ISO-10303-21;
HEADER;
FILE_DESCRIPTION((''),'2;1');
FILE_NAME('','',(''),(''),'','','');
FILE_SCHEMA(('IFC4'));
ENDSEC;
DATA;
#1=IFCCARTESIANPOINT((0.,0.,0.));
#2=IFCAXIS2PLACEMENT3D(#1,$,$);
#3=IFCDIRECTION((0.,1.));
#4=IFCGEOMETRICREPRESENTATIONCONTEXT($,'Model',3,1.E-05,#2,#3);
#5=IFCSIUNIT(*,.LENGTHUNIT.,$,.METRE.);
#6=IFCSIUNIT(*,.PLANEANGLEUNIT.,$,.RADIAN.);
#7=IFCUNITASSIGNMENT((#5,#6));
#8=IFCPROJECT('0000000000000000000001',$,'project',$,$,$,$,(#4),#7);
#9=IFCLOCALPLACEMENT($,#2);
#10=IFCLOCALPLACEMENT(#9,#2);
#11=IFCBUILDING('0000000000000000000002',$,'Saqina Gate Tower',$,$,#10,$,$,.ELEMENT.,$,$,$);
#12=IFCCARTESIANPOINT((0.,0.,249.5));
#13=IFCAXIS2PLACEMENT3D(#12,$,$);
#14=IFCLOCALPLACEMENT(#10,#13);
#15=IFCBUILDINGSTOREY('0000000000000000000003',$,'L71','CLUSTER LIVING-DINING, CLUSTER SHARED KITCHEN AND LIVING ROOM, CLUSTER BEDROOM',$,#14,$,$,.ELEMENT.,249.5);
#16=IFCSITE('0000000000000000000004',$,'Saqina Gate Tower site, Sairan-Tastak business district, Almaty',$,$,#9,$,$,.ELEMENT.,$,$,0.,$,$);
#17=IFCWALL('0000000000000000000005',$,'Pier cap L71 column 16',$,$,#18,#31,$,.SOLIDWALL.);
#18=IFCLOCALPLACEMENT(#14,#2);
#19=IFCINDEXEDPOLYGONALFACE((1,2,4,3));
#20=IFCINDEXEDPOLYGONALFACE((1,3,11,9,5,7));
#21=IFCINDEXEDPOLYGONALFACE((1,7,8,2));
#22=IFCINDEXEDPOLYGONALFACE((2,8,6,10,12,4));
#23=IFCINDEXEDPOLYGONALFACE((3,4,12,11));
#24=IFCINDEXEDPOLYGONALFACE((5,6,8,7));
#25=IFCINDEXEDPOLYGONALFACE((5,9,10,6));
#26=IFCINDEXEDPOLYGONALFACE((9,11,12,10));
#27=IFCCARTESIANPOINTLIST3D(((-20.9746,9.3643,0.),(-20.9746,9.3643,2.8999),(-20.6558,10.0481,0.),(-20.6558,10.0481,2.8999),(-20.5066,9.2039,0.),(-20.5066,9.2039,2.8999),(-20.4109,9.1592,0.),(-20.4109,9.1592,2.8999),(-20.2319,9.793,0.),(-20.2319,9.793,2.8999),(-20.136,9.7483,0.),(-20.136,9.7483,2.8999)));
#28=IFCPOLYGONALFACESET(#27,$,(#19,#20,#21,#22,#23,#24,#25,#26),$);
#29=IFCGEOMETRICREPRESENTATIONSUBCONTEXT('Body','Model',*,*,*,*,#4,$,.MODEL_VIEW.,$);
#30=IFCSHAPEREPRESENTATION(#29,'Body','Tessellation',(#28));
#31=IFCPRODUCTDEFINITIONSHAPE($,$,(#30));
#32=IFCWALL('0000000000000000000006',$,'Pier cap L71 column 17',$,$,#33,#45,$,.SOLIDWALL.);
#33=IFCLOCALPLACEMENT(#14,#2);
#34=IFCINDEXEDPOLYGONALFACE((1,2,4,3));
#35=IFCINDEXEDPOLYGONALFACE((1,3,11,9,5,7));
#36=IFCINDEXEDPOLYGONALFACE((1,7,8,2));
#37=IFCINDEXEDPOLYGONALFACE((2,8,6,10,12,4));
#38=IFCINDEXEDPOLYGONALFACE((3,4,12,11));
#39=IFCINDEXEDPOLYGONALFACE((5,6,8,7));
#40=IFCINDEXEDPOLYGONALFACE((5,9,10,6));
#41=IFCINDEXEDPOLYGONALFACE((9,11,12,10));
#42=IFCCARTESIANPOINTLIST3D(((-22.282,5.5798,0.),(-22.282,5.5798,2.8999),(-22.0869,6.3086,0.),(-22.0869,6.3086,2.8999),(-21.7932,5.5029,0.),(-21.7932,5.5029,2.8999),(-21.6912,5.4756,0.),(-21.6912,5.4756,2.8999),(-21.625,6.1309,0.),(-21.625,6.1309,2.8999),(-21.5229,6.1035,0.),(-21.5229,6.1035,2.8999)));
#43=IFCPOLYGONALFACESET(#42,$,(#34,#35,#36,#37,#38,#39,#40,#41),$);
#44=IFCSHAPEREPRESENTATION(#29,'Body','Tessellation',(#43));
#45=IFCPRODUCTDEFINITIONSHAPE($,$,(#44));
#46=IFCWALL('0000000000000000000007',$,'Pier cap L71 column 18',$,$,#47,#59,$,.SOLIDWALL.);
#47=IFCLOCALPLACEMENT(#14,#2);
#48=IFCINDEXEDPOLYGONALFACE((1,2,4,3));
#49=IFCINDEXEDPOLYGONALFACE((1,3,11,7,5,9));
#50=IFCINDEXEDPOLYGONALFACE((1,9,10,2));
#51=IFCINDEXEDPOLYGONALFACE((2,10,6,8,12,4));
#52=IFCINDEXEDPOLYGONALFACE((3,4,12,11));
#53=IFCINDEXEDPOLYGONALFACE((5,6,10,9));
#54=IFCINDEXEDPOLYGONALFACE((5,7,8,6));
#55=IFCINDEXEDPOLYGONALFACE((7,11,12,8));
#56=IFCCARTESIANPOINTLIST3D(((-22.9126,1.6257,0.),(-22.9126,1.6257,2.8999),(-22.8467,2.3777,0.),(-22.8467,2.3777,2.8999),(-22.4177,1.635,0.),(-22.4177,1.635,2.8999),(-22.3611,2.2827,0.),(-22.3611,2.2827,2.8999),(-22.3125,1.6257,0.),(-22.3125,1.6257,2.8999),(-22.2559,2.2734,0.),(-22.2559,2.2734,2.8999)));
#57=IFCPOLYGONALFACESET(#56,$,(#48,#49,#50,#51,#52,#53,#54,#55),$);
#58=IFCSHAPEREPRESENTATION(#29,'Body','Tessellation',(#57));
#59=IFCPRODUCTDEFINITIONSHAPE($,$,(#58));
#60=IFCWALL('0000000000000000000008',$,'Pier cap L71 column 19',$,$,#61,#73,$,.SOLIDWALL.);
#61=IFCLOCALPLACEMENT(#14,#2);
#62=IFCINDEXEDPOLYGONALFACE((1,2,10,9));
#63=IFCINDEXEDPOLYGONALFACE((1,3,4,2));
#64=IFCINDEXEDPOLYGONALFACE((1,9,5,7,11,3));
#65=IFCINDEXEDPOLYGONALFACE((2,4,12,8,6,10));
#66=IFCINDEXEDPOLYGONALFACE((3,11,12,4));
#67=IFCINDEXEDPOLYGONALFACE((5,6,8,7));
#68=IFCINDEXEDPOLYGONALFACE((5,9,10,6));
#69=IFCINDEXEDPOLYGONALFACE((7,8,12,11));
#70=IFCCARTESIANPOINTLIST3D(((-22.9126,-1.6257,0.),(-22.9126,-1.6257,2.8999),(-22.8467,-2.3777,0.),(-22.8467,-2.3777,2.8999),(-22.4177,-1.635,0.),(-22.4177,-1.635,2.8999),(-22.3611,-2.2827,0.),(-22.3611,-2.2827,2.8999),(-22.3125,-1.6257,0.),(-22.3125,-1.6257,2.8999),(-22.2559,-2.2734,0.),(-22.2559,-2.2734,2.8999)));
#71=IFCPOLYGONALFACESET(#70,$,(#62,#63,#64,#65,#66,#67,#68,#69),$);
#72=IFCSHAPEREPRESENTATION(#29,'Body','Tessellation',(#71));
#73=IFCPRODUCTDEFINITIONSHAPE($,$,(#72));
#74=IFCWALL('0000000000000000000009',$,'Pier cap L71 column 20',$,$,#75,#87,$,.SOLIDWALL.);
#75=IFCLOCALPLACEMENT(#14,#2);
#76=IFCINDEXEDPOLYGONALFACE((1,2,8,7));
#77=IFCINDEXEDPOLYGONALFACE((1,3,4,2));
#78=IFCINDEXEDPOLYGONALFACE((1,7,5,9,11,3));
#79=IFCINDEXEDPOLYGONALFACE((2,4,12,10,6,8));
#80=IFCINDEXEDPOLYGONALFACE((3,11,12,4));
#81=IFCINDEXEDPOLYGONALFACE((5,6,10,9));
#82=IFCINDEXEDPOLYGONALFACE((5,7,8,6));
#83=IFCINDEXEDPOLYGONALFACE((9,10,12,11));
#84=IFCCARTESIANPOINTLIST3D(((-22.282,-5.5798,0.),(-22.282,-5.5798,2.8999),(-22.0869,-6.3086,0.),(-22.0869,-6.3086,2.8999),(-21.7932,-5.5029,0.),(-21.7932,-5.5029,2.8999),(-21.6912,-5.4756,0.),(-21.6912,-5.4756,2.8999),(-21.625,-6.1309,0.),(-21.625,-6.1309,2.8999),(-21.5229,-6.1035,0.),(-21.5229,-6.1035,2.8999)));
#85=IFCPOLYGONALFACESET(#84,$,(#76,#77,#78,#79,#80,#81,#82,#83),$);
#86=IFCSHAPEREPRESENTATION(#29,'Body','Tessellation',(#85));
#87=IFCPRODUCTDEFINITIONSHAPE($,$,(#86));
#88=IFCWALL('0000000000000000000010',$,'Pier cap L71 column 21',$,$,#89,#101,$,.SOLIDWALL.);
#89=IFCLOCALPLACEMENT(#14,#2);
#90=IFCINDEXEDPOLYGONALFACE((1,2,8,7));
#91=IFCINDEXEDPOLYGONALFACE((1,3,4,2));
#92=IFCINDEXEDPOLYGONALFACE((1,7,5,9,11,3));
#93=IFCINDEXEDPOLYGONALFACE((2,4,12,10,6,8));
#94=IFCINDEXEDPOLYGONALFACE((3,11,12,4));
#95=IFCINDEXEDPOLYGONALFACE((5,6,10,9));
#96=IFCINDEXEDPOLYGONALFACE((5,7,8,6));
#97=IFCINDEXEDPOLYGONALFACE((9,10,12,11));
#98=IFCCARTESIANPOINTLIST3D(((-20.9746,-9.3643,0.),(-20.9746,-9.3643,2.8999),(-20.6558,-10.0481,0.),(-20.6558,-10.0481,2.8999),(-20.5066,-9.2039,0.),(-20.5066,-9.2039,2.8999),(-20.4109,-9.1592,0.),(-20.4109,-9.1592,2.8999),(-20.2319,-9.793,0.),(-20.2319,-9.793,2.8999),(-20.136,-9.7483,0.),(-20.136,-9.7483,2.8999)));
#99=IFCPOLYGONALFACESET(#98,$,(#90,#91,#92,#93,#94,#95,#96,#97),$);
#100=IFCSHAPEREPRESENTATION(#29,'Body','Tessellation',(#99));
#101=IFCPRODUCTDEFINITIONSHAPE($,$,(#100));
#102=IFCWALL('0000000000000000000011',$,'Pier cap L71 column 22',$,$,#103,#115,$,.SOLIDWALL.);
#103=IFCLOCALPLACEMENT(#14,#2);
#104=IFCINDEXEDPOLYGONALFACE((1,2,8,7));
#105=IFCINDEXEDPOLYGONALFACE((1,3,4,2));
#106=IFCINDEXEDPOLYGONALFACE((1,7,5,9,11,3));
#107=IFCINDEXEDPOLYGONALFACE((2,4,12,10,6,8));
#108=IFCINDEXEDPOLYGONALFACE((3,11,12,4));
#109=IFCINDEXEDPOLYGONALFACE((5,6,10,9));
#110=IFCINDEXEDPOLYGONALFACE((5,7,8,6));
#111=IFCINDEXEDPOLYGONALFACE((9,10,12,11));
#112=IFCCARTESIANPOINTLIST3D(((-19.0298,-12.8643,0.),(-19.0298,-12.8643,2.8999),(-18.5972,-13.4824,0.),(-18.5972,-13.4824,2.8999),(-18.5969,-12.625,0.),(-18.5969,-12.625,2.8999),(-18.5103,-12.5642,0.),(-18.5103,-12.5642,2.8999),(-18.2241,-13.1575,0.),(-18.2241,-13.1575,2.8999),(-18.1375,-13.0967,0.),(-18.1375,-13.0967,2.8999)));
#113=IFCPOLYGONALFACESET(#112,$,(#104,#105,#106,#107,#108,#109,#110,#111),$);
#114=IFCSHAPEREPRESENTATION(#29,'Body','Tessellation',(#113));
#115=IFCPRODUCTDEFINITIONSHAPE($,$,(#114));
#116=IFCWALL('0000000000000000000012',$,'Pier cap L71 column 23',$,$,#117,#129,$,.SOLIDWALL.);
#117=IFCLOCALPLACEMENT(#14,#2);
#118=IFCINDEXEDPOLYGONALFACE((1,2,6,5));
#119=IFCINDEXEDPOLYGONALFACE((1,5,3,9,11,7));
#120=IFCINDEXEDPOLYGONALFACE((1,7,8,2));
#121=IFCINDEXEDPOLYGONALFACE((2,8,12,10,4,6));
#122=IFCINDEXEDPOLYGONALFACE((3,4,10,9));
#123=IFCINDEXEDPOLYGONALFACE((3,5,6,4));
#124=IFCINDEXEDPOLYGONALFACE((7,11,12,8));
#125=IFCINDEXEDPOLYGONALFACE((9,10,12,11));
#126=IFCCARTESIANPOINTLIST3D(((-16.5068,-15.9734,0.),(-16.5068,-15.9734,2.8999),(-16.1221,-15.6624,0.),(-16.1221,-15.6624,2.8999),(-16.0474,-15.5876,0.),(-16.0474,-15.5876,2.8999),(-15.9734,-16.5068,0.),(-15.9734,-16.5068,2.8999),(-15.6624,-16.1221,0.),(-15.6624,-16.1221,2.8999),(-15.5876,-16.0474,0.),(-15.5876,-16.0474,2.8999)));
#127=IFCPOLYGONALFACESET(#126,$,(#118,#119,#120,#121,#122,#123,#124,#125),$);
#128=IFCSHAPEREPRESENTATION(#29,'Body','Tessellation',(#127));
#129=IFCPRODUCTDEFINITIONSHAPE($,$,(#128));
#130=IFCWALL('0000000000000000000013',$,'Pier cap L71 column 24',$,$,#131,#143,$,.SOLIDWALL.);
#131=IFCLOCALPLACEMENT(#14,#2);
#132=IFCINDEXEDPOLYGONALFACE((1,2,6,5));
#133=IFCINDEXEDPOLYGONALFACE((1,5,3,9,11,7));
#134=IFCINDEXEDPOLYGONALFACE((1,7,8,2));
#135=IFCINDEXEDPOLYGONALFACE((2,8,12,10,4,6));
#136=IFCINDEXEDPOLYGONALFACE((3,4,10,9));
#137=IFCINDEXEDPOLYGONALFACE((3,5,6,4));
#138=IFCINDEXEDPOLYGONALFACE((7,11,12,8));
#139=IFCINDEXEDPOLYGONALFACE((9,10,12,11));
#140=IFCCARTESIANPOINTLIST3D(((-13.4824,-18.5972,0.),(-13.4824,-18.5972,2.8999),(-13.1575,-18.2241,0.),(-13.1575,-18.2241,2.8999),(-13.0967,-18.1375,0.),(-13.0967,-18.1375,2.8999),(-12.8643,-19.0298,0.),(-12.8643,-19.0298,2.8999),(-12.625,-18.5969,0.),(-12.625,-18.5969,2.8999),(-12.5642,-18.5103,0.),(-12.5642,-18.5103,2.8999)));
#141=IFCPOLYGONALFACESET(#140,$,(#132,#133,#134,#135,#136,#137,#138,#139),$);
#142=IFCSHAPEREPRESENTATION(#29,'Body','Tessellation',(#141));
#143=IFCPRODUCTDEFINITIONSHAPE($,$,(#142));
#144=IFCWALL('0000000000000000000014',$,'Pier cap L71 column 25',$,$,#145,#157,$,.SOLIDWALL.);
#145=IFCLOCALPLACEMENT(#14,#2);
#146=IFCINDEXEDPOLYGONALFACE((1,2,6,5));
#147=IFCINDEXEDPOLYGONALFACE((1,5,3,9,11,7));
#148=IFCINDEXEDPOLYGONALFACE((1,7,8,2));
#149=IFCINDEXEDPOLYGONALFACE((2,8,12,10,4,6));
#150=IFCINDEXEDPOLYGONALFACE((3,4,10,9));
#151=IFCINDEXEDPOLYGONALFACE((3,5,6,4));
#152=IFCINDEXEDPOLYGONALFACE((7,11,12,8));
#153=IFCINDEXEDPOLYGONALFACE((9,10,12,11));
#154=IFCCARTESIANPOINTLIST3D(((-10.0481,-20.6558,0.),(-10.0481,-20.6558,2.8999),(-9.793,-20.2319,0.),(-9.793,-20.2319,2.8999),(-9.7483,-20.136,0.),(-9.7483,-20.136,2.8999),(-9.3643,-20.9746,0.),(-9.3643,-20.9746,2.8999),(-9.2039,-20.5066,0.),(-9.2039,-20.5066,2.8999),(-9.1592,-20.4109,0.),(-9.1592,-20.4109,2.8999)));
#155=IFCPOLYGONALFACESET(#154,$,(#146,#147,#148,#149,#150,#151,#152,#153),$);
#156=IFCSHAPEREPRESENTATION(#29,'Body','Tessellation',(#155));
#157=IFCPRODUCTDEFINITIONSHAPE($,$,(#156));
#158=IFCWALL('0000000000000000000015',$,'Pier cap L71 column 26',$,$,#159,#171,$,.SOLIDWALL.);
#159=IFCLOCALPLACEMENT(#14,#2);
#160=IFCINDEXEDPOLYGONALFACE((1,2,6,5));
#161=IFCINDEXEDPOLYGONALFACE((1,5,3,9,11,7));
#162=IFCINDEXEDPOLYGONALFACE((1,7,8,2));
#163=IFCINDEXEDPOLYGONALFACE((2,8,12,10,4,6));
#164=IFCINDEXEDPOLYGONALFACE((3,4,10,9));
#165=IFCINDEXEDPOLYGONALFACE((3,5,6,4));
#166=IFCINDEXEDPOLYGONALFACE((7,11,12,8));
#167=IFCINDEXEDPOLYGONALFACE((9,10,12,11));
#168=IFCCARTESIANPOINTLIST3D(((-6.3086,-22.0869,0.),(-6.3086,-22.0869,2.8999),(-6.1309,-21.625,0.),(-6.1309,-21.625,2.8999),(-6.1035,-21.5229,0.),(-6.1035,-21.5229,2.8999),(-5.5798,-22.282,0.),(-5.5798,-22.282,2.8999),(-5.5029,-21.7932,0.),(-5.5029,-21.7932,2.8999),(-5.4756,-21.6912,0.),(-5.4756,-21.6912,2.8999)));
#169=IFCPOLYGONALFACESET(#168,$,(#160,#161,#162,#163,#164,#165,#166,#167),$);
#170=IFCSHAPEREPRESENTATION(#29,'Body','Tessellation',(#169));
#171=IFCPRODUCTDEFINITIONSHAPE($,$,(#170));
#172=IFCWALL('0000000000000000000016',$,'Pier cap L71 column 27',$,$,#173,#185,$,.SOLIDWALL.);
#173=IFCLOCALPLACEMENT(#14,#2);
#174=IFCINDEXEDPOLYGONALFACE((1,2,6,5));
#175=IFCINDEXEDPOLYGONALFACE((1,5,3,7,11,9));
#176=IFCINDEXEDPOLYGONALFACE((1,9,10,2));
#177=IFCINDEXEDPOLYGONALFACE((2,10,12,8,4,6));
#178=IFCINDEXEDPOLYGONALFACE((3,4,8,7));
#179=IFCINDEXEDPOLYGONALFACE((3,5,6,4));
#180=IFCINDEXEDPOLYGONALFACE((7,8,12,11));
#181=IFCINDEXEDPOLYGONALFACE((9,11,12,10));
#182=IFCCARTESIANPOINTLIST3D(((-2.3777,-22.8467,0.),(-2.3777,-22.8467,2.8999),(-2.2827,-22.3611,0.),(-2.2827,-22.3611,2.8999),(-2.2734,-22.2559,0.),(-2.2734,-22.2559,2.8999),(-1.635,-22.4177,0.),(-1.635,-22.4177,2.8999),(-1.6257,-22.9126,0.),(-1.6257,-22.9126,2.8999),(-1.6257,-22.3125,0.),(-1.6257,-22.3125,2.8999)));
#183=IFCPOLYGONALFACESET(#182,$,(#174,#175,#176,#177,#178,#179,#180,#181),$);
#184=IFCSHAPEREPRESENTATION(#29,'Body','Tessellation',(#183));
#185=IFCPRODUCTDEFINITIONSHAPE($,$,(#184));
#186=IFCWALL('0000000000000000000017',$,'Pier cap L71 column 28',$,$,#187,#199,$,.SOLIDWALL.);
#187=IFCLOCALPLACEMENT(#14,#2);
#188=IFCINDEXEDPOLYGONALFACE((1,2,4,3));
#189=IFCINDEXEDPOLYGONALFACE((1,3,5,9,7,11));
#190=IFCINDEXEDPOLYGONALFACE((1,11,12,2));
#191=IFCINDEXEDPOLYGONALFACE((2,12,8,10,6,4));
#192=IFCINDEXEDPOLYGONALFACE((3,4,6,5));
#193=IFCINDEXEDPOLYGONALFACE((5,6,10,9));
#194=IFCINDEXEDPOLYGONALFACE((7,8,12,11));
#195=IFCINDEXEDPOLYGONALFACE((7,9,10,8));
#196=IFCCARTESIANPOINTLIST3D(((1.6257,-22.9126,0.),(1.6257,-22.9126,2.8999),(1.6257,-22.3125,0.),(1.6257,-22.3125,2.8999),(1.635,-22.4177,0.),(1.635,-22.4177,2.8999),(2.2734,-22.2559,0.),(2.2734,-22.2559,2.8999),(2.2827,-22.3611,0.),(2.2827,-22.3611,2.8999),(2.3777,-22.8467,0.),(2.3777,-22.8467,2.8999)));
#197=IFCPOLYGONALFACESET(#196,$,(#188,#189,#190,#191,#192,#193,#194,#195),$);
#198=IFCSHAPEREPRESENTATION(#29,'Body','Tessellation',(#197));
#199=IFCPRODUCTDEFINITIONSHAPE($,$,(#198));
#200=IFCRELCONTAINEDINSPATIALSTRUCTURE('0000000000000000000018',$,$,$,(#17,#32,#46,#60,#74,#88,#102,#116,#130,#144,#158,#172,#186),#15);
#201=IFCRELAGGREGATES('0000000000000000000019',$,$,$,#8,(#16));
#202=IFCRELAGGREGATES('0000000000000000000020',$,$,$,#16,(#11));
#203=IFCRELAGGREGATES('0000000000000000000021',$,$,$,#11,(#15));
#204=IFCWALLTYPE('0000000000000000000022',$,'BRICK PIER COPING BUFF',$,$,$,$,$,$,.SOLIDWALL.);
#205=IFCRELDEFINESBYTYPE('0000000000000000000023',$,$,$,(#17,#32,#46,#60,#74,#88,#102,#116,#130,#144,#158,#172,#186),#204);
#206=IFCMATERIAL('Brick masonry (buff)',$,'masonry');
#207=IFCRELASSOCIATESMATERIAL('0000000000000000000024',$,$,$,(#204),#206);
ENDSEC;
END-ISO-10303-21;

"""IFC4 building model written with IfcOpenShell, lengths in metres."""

from ifc_helpers import new_model, si_unit, direction, frame, origin, place, context, subcontext, project, spatial, polyline, outline, extrude, material, type_object, element, save


model = new_model("IFC4")

# Units and contexts
model_context = context("Model", 3, precision=1e-05, world=origin(), true_north=direction((0.0, 1.0)))
body_context = subcontext(model_context, "Body", "Model", "MODEL_VIEW")
ifc_project = project(units=[si_unit("LENGTHUNIT", "METRE"), si_unit("PLANEANGLEUNIT", "RADIAN")], contexts=[model_context])

# Site, building, storey
site_placement = place(None, origin())
site = spatial("IfcSite", under=ifc_project, at=site_placement, Name="Saqina Gate Tower site, Sairan-Tastak business district, Almaty", CompositionType="ELEMENT", RefElevation=0.0)
building_placement = place(site_placement, origin())
building = spatial("IfcBuilding", under=site, at=building_placement, Name="Saqina Gate Tower", CompositionType="ELEMENT")
storey_placement = place(building_placement, frame((0.0, 0.0, 249.5)))
storey = spatial("IfcBuildingStorey", under=building, at=storey_placement, Name="L71", Description="CLUSTER LIVING-DINING, CLUSTER SHARED KITCHEN AND LIVING ROOM, CLUSTER BEDROOM", CompositionType="ELEMENT", Elevation=249.5)

# Walls
ifc_material = material(Name="Brick masonry (buff)", Category="masonry")
wall_type = type_object("IfcWallType", Name="BRICK PIER COPING BUFF", PredefinedType="SOLIDWALL", material=ifc_material)
wall_1_placement = place(storey_placement, origin())
element("IfcWall", 1, at=wall_1_placement, inside=storey, type_object=wall_type, Name="Pier cap L71 column 16", PredefinedType="SOLIDWALL", context=body_context, shape_type="SweptSolid", body=[
    extrude(outline(polyline([(-20.6558, 10.0481), (-20.9746, 9.3643), (-20.4109, 9.1592), (-20.5066, 9.2039), (-20.2319, 9.793), (-20.136, 9.7483), (-20.6558, 10.0481)])), origin(), (0.0, 0.0, 1.0), 2.8999),
])
wall_2_placement = place(storey_placement, origin())
element("IfcWall", 2, at=wall_2_placement, inside=storey, type_object=wall_type, Name="Pier cap L71 column 17", PredefinedType="SOLIDWALL", context=body_context, shape_type="SweptSolid", body=[
    extrude(outline(polyline([(-22.282, 5.5798), (-21.6912, 5.4756), (-21.7932, 5.5029), (-21.625, 6.1309), (-21.5229, 6.1035), (-22.0869, 6.3086), (-22.282, 5.5798)])), origin(), (0.0, 0.0, 1.0), 2.8999),
])
wall_3_placement = place(storey_placement, origin())
element("IfcWall", 3, at=wall_3_placement, inside=storey, type_object=wall_type, Name="Pier cap L71 column 18", PredefinedType="SOLIDWALL", context=body_context, shape_type="SweptSolid", body=[
    extrude(outline(polyline([(-22.8467, 2.3777), (-22.9126, 1.6257), (-22.3125, 1.6257), (-22.4177, 1.635), (-22.3611, 2.2827), (-22.2559, 2.2734), (-22.8467, 2.3777)])), origin(), (0.0, 0.0, 1.0), 2.8999),
])
wall_4_placement = place(storey_placement, origin())
element("IfcWall", 4, at=wall_4_placement, inside=storey, type_object=wall_type, Name="Pier cap L71 column 19", PredefinedType="SOLIDWALL", context=body_context, shape_type="SweptSolid", body=[
    extrude(outline(polyline([(-22.9126, -1.6257), (-22.8467, -2.3777), (-22.2559, -2.2734), (-22.3611, -2.2827), (-22.4177, -1.635), (-22.3125, -1.6257), (-22.9126, -1.6257)])), origin(), (0.0, 0.0, 1.0), 2.8999),
])
wall_5_placement = place(storey_placement, origin())
element("IfcWall", 5, at=wall_5_placement, inside=storey, type_object=wall_type, Name="Pier cap L71 column 20", PredefinedType="SOLIDWALL", context=body_context, shape_type="SweptSolid", body=[
    extrude(outline(polyline([(-22.0869, -6.3086), (-21.5229, -6.1035), (-21.625, -6.1309), (-21.7932, -5.5029), (-21.6912, -5.4756), (-22.282, -5.5798), (-22.0869, -6.3086)])), origin(), (0.0, 0.0, 1.0), 2.8999),
])
wall_6_placement = place(storey_placement, origin())
element("IfcWall", 6, at=wall_6_placement, inside=storey, type_object=wall_type, Name="Pier cap L71 column 21", PredefinedType="SOLIDWALL", context=body_context, shape_type="SweptSolid", body=[
    extrude(outline(polyline([(-20.9746, -9.3643), (-20.6558, -10.0481), (-20.136, -9.7483), (-20.2319, -9.793), (-20.5066, -9.2039), (-20.4109, -9.1592), (-20.9746, -9.3643)])), origin(), (0.0, 0.0, 1.0), 2.8999),
])
wall_7_placement = place(storey_placement, origin())
element("IfcWall", 7, at=wall_7_placement, inside=storey, type_object=wall_type, Name="Pier cap L71 column 22", PredefinedType="SOLIDWALL", context=body_context, shape_type="SweptSolid", body=[
    extrude(outline(polyline([(-19.0298, -12.8643), (-18.5972, -13.4824), (-18.1375, -13.0967), (-18.2241, -13.1575), (-18.5969, -12.625), (-18.5103, -12.5642), (-19.0298, -12.8643)])), origin(), (0.0, 0.0, 1.0), 2.8999),
])
wall_8_placement = place(storey_placement, origin())
element("IfcWall", 8, at=wall_8_placement, inside=storey, type_object=wall_type, Name="Pier cap L71 column 23", PredefinedType="SOLIDWALL", context=body_context, shape_type="SweptSolid", body=[
    extrude(outline(polyline([(-15.9734, -16.5068), (-15.5876, -16.0474), (-15.6624, -16.1221), (-16.1221, -15.6624), (-16.0474, -15.5876), (-16.5068, -15.9734), (-15.9734, -16.5068)])), origin(), (0.0, 0.0, 1.0), 2.8999),
])
wall_9_placement = place(storey_placement, origin())
element("IfcWall", 9, at=wall_9_placement, inside=storey, type_object=wall_type, Name="Pier cap L71 column 24", PredefinedType="SOLIDWALL", context=body_context, shape_type="SweptSolid", body=[
    extrude(outline(polyline([(-12.8643, -19.0298), (-12.5642, -18.5103), (-12.625, -18.5969), (-13.1575, -18.2241), (-13.0967, -18.1375), (-13.4824, -18.5972), (-12.8643, -19.0298)])), origin(), (0.0, 0.0, 1.0), 2.8999),
])
wall_10_placement = place(storey_placement, origin())
element("IfcWall", 10, at=wall_10_placement, inside=storey, type_object=wall_type, Name="Pier cap L71 column 25", PredefinedType="SOLIDWALL", context=body_context, shape_type="SweptSolid", body=[
    extrude(outline(polyline([(-10.0481, -20.6558), (-9.3643, -20.9746), (-9.1592, -20.4109), (-9.2039, -20.5066), (-9.793, -20.2319), (-9.7483, -20.136), (-10.0481, -20.6558)])), origin(), (0.0, 0.0, 1.0), 2.8999),
])
wall_11_placement = place(storey_placement, origin())
element("IfcWall", 11, at=wall_11_placement, inside=storey, type_object=wall_type, Name="Pier cap L71 column 26", PredefinedType="SOLIDWALL", context=body_context, shape_type="SweptSolid", body=[
    extrude(outline(polyline([(-5.5798, -22.282), (-5.4756, -21.6912), (-5.5029, -21.7932), (-6.1309, -21.625), (-6.1035, -21.5229), (-6.3086, -22.0869), (-5.5798, -22.282)])), origin(), (0.0, 0.0, 1.0), 2.8999),
])
wall_12_placement = place(storey_placement, origin())
element("IfcWall", 12, at=wall_12_placement, inside=storey, type_object=wall_type, Name="Pier cap L71 column 27", PredefinedType="SOLIDWALL", context=body_context, shape_type="SweptSolid", body=[
    extrude(outline(polyline([(-2.3777, -22.8467), (-1.6257, -22.9126), (-1.6257, -22.3125), (-1.635, -22.4177), (-2.2827, -22.3611), (-2.2734, -22.2559), (-2.3777, -22.8467)])), origin(), (0.0, 0.0, 1.0), 2.8999),
])
wall_13_placement = place(storey_placement, origin())
element("IfcWall", 13, at=wall_13_placement, inside=storey, type_object=wall_type, Name="Pier cap L71 column 28", PredefinedType="SOLIDWALL", context=body_context, shape_type="SweptSolid", body=[
    extrude(outline(polyline([(1.6257, -22.9126), (2.3777, -22.8467), (2.2734, -22.2559), (2.2827, -22.3611), (1.635, -22.4177), (1.6257, -22.3125), (1.6257, -22.9126)])), origin(), (0.0, 0.0, 1.0), 2.8999),
])

save(model, "model.ifc")
